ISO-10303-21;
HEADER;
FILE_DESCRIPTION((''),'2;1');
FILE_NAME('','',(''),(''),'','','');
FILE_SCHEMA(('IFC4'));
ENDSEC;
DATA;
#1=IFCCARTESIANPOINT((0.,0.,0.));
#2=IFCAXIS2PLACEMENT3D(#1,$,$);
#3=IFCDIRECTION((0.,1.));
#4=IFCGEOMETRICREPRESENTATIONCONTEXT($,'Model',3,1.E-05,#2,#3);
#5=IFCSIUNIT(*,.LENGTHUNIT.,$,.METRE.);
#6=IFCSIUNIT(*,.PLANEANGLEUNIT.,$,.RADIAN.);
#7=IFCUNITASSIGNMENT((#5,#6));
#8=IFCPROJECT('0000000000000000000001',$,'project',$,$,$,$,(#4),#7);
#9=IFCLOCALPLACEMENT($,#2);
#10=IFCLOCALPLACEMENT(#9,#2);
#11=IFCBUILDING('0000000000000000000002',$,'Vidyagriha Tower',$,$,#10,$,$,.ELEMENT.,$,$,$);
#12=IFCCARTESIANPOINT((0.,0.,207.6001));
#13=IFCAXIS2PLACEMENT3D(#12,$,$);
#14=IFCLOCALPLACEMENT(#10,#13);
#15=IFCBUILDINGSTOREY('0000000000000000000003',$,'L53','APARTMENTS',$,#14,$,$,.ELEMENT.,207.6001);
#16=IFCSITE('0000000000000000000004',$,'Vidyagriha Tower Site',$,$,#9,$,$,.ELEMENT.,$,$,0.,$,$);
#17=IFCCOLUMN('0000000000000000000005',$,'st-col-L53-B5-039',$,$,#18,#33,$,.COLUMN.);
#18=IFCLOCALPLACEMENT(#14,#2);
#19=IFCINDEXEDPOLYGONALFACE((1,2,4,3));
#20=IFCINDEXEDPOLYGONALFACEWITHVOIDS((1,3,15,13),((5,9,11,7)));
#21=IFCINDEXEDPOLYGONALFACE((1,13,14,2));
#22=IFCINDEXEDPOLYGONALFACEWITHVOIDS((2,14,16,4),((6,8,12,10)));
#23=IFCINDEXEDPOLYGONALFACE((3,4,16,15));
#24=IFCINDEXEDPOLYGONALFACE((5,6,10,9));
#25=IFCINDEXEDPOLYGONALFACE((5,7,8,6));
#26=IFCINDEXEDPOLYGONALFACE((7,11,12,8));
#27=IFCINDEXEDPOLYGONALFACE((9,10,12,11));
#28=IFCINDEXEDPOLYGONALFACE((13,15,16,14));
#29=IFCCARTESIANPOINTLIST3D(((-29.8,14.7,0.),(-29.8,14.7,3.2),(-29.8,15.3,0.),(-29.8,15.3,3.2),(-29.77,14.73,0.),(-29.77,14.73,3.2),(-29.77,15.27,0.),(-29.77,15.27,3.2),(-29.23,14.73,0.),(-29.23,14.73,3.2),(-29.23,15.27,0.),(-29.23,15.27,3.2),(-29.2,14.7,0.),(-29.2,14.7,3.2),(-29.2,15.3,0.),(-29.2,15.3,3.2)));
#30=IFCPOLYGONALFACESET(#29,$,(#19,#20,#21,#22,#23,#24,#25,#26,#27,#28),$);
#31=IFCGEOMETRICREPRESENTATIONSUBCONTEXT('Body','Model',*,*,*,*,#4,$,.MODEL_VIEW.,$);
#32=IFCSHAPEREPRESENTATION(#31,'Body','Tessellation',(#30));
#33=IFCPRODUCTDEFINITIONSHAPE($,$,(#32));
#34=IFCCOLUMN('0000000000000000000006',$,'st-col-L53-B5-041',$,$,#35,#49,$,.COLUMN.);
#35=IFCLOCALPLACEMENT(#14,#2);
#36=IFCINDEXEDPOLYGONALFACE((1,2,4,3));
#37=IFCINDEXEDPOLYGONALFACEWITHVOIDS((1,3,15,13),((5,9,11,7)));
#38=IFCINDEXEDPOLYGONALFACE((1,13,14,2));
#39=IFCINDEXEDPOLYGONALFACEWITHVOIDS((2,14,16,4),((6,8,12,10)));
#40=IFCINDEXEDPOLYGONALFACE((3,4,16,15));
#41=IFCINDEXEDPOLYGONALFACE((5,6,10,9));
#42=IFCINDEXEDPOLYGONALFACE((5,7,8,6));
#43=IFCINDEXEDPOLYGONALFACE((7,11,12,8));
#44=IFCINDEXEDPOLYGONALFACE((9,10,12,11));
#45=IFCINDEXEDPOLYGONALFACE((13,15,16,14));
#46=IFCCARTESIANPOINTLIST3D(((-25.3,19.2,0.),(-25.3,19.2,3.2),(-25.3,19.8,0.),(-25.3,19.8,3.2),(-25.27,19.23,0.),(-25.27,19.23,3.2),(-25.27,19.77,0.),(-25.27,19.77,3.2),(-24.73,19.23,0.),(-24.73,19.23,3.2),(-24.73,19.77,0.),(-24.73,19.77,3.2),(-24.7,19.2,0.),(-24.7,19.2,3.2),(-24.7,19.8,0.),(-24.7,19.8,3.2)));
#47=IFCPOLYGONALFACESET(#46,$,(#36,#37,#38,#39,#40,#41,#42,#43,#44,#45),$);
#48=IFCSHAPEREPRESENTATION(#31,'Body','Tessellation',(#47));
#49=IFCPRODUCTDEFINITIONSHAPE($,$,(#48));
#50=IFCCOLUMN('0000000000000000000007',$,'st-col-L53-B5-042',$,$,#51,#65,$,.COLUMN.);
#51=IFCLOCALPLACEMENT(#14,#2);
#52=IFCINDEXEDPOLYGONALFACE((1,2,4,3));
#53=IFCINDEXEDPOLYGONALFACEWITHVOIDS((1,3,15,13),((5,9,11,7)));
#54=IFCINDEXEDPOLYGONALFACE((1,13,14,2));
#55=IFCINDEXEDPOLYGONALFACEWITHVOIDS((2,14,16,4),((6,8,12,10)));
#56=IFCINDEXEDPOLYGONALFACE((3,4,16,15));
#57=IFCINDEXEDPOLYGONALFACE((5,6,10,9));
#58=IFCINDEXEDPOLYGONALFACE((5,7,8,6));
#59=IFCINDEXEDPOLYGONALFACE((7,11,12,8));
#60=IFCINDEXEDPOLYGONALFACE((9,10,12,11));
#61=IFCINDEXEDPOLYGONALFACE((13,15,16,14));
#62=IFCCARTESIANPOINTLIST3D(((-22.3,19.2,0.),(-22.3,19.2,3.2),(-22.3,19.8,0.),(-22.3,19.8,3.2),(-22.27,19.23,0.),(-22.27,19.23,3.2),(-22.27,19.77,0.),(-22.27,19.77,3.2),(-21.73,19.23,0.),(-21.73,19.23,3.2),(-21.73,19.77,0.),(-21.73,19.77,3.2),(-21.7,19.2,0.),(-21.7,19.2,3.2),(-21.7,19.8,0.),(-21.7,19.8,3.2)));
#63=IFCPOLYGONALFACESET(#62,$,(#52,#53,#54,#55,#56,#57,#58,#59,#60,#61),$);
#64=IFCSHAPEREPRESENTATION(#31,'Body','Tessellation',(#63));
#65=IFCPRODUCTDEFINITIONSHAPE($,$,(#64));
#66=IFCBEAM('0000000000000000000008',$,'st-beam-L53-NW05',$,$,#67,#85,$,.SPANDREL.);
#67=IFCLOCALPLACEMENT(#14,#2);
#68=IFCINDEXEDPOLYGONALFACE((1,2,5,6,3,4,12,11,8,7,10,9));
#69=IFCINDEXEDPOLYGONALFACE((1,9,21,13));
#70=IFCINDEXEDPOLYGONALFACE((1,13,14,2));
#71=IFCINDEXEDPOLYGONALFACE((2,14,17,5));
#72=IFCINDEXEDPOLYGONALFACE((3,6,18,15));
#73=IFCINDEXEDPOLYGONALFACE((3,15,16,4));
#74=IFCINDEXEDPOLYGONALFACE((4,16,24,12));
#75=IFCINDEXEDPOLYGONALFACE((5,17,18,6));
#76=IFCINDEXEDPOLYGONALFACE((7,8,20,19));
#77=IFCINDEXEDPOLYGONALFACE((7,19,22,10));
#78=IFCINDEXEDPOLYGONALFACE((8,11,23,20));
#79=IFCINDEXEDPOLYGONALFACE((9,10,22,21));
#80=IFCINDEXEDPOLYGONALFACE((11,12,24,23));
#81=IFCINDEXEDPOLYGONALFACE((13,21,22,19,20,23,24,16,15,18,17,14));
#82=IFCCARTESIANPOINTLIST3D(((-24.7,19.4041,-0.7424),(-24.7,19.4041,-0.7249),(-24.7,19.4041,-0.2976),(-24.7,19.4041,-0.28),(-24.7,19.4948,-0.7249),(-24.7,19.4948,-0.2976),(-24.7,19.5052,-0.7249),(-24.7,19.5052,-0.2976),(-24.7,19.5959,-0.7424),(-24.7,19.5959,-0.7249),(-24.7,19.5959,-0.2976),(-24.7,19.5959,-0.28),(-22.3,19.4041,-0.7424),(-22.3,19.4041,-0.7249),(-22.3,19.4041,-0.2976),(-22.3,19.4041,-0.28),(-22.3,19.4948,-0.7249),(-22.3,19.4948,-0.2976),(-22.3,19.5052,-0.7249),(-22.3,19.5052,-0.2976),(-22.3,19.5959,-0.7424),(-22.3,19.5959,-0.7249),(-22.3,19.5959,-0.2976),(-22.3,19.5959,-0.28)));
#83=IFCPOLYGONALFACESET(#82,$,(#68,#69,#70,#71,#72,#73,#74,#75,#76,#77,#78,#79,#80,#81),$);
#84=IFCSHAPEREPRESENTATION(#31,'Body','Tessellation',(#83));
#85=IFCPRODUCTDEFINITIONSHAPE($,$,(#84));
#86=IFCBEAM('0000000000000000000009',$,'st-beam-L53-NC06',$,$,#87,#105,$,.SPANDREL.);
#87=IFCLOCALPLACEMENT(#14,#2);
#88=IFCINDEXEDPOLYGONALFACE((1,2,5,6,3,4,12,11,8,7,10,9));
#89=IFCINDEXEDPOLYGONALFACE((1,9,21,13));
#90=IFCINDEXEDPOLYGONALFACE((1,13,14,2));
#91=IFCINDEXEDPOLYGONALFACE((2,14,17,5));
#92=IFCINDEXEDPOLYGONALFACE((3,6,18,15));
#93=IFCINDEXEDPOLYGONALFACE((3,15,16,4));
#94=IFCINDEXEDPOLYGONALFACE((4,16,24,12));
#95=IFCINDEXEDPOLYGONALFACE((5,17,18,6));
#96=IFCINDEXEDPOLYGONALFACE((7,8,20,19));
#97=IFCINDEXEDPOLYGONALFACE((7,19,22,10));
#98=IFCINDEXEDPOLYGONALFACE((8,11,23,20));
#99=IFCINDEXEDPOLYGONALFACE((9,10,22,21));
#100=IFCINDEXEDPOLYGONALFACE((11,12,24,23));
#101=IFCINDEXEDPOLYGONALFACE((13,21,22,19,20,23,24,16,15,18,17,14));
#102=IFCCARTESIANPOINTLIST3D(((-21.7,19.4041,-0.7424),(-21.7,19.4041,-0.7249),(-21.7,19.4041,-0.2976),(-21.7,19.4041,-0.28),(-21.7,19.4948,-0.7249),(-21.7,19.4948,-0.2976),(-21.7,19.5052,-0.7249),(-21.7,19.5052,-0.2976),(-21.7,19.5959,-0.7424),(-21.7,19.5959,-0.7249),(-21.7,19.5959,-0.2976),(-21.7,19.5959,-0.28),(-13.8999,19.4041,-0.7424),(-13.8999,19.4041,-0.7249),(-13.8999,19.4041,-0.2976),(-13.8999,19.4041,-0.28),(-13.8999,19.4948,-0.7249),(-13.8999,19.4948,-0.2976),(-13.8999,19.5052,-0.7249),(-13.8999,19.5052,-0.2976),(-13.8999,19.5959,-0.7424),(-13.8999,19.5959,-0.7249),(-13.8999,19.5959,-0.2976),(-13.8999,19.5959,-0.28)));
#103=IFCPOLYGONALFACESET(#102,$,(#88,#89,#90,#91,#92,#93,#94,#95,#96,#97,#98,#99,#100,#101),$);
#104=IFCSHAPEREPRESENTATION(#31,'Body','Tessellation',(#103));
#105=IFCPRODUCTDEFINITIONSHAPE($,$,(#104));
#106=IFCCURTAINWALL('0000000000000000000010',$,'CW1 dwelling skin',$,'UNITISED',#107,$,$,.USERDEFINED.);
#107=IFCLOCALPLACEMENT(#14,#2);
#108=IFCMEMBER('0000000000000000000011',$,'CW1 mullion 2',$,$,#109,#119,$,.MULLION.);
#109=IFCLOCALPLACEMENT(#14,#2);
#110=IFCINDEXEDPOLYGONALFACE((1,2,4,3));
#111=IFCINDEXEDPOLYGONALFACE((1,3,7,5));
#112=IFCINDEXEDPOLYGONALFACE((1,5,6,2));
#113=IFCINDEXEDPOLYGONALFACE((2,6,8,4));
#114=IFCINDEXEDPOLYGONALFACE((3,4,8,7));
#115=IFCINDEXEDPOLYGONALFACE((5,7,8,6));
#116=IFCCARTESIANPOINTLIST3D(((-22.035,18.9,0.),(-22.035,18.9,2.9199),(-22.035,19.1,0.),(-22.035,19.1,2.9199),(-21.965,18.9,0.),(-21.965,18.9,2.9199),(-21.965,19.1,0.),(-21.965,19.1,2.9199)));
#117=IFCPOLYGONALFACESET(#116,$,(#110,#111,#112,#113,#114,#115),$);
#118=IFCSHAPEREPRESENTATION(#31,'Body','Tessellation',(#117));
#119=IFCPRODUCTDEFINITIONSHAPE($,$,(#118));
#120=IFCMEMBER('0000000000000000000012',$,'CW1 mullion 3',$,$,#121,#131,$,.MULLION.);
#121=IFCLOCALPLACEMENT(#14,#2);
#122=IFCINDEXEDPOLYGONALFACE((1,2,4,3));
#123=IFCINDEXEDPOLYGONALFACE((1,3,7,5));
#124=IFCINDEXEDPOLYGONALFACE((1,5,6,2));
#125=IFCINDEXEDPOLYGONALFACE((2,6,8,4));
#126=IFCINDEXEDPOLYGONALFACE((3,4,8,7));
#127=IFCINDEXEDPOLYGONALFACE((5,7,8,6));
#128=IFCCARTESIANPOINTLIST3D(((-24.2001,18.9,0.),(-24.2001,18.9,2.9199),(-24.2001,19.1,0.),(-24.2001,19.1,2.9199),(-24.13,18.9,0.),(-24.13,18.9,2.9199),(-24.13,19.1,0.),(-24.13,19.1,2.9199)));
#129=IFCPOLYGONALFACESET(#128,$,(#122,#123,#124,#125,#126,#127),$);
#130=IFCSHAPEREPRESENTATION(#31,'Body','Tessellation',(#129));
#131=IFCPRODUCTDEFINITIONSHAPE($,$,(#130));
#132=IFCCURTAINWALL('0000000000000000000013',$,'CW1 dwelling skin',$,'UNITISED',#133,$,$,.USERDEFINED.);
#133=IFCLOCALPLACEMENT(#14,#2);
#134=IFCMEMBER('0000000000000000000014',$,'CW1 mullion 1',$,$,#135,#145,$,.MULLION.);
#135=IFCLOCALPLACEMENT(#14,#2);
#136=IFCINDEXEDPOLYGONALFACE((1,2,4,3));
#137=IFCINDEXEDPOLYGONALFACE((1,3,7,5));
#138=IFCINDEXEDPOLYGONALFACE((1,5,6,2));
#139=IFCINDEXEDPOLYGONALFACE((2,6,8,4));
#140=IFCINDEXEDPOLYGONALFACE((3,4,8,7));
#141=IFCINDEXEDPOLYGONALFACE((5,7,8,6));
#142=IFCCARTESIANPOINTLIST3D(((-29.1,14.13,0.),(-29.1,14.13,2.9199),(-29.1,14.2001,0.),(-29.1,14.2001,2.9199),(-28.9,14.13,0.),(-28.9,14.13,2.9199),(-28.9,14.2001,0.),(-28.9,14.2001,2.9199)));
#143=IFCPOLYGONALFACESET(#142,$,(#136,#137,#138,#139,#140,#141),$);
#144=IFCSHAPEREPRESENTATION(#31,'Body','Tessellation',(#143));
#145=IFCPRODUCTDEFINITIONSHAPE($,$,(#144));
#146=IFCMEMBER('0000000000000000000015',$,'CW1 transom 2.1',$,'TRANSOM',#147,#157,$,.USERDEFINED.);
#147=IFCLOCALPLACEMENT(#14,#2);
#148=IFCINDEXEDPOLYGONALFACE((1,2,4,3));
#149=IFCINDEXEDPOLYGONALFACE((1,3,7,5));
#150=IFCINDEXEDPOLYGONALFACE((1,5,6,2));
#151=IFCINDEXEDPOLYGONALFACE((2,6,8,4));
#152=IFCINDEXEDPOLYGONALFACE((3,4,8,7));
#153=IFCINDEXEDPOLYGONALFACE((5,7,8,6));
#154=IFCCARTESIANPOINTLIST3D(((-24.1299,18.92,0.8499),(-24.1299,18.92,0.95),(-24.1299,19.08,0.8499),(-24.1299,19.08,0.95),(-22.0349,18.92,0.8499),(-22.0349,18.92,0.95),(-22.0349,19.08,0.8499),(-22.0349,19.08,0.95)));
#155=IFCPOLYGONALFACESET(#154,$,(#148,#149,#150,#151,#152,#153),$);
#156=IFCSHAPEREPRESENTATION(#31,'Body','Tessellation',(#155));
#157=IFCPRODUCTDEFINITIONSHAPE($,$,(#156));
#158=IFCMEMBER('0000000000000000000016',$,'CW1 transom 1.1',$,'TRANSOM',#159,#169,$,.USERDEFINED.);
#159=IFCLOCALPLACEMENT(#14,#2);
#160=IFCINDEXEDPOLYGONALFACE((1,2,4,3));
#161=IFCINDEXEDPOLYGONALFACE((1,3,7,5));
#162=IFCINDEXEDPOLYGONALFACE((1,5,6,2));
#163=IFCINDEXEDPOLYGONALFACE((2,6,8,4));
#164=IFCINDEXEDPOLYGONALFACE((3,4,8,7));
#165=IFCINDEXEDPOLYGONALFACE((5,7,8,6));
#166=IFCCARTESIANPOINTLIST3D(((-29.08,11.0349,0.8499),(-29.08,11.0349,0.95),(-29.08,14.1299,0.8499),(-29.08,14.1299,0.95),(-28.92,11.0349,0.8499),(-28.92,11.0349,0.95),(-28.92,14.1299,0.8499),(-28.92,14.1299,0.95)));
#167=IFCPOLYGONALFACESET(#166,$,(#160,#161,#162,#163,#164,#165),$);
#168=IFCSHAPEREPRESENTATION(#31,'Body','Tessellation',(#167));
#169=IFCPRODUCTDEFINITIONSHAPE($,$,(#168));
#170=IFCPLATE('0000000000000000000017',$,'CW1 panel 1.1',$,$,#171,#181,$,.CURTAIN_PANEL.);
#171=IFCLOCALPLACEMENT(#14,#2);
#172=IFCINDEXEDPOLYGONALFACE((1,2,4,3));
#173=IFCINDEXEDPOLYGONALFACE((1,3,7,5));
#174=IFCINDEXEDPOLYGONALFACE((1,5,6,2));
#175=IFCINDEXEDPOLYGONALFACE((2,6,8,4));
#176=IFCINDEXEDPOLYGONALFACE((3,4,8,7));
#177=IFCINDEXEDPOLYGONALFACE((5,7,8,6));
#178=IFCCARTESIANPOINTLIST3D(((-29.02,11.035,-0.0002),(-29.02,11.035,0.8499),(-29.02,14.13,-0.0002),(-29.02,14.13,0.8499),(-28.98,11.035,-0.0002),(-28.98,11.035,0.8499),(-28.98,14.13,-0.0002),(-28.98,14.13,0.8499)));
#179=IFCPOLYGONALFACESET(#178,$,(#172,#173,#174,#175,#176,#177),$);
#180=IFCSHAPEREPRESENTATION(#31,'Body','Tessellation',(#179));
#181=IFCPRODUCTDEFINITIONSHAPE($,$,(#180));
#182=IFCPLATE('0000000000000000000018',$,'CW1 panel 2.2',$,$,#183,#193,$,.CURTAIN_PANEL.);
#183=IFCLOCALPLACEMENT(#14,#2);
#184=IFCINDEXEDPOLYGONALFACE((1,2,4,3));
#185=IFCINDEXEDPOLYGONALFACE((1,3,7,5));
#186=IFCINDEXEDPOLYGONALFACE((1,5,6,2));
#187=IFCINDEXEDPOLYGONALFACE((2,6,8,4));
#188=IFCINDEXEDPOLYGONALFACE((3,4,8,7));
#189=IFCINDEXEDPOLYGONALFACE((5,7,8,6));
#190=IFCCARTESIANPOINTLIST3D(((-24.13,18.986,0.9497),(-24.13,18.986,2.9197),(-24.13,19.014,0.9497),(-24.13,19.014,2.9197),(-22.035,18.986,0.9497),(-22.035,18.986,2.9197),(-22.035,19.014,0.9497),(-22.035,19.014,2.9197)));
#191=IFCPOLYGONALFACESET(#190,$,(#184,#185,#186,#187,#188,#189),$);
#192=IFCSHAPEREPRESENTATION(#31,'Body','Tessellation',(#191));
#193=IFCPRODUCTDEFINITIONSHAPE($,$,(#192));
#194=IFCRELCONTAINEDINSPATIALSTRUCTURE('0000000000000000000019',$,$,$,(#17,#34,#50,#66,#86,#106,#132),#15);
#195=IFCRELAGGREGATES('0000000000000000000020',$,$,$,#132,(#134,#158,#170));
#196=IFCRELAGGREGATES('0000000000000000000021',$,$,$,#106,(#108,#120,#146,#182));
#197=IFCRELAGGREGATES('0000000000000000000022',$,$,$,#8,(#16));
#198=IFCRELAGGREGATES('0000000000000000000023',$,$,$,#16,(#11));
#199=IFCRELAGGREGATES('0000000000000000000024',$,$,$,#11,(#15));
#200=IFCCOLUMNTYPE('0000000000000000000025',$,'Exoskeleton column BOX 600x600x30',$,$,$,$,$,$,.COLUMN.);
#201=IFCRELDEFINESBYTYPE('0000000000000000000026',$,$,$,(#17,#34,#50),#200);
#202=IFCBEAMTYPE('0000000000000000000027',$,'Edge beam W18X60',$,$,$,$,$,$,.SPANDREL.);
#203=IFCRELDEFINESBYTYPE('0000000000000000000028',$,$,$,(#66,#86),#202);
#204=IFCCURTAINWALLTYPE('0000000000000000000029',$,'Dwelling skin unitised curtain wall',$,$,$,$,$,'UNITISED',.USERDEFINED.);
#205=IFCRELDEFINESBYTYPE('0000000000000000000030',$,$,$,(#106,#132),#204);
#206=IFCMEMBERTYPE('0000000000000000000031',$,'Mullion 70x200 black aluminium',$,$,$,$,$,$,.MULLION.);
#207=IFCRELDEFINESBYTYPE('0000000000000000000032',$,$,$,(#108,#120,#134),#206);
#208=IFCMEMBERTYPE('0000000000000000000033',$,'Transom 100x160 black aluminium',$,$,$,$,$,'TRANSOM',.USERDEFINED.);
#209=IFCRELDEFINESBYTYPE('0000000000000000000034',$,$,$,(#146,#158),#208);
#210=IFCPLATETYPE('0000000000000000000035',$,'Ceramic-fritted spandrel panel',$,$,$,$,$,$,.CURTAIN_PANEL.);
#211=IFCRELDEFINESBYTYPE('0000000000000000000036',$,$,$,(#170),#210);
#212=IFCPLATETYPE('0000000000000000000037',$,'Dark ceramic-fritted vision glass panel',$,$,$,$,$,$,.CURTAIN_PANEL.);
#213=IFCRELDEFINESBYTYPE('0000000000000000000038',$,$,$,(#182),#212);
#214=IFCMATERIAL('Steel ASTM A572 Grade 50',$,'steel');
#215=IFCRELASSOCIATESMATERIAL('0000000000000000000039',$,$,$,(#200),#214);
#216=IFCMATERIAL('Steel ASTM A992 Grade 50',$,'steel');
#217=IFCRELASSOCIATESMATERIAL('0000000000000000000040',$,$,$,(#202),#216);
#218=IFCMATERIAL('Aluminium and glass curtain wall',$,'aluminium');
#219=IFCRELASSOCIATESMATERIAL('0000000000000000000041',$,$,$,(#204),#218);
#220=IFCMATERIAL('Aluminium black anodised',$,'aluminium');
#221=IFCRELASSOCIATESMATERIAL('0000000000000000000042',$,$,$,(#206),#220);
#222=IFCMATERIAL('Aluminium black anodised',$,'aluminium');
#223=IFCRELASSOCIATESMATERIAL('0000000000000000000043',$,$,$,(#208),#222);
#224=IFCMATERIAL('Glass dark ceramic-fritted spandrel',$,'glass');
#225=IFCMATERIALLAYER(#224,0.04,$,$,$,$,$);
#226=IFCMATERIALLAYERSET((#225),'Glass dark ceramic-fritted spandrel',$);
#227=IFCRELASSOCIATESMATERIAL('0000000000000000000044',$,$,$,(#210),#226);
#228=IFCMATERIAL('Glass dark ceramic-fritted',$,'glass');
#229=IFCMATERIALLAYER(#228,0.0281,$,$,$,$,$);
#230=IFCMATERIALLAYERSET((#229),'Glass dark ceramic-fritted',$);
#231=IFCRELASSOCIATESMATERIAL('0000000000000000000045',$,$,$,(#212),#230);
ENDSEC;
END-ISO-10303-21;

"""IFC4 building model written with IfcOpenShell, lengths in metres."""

from ifc_helpers import new_model, si_unit, direction, frame, origin, origin_2d, place, context, subcontext, project, spatial, rectangle, hollow_rectangle, i_section, extrude, material, layer, layer_set, material_profile, profile_set, type_object, element, aggregate, save


model = new_model("IFC4")

# Units and contexts
model_context = context("Model", 3, precision=1e-05, world=origin(), true_north=direction((0.0, 1.0)))
body_context = subcontext(model_context, "Body", "Model", "MODEL_VIEW")
ifc_project = project(units=[si_unit("LENGTHUNIT", "METRE"), si_unit("PLANEANGLEUNIT", "RADIAN")], contexts=[model_context])

# Site, building, storey
site_placement = place(None, origin())
site = spatial("IfcSite", under=ifc_project, at=site_placement, Name="Vidyagriha Tower Site", CompositionType="ELEMENT", RefElevation=0.0)
building_placement = place(site_placement, origin())
building = spatial("IfcBuilding", under=site, at=building_placement, Name="Vidyagriha Tower", CompositionType="ELEMENT")
storey_placement = place(building_placement, frame((0.0, 0.0, 207.6001)))
storey = spatial("IfcBuildingStorey", under=building, at=storey_placement, Name="L53", Description="APARTMENTS", CompositionType="ELEMENT", Elevation=207.6001)

# Columns
ifc_material_1 = material(Name="Steel ASTM A572 Grade 50", Category="steel")
ifc_material_profile_1 = material_profile(ifc_material_1, hollow_rectangle(XDim=0.6001, YDim=0.6001, WallThickness=0.03, at=origin_2d()), Name="BOX 600x600x30")
ifc_profile_set_1 = profile_set([ifc_material_profile_1], Name="Steel ASTM A572 Grade 50")
column_type = type_object("IfcColumnType", Name="Exoskeleton column BOX 600x600x30", PredefinedType="COLUMN", material=ifc_profile_set_1)
for number, where, name in (
    (1, (-29.5, 15.0, 0.0), "st-col-L53-B5-039"),
    (2, (-25.0, 19.5, 0.0), "st-col-L53-B5-041"),
    (3, (-22.0, 19.5, 0.0), "st-col-L53-B5-042"),
):
    element("IfcColumn", number, at=place(storey_placement, frame(where)), inside=storey, type_object=column_type, Name=name, PredefinedType="COLUMN", context=body_context, shape_type="SweptSolid", body=[
        extrude(hollow_rectangle(XDim=0.6001, YDim=0.6001, WallThickness=0.03, at=origin_2d()), origin(), (0.0, 0.0, 1.0), 3.2),
    ])

# Beams
ifc_material_2 = material(Name="Steel ASTM A992 Grade 50", Category="steel")
ifc_material_profile_2 = material_profile(ifc_material_2, i_section(OverallWidth=0.1919, OverallDepth=0.4624, WebThickness=0.0105, FlangeThickness=0.0176, at=origin_2d()), Name="W18X60")
ifc_profile_set_2 = profile_set([ifc_material_profile_2], Name="Steel ASTM A992 Grade 50")
beam_type = type_object("IfcBeamType", Name="Edge beam W18X60", PredefinedType="SPANDREL", material=ifc_profile_set_2)
beam_1_placement = place(storey_placement, frame((-24.7, 19.5, -0.5112), z_axis=(1.0, 0.0, 0.0), x_axis=(0.0, 1.0, 0.0)))
element("IfcBeam", 4, at=beam_1_placement, inside=storey, type_object=beam_type, Name="st-beam-L53-NW05", PredefinedType="SPANDREL", context=body_context, shape_type="SweptSolid", body=[
    extrude(i_section(OverallWidth=0.1919, OverallDepth=0.4624, WebThickness=0.0105, FlangeThickness=0.0176, at=origin_2d()), origin(), (0.0, 0.0, 1.0), 2.3999),
])
beam_2_placement = place(storey_placement, frame((-21.7, 19.5, -0.5112), z_axis=(1.0, 0.0, 0.0), x_axis=(0.0, 1.0, 0.0)))
element("IfcBeam", 5, at=beam_2_placement, inside=storey, type_object=beam_type, Name="st-beam-L53-NC06", PredefinedType="SPANDREL", context=body_context, shape_type="SweptSolid", body=[
    extrude(i_section(OverallWidth=0.1919, OverallDepth=0.4624, WebThickness=0.0105, FlangeThickness=0.0176, at=origin_2d()), origin(), (0.0, 0.0, 1.0), 7.8),
])

# Curtain wall, members
ifc_material_3 = material(Name="Aluminium and glass curtain wall", Category="aluminium")
curtain_wall_type = type_object("IfcCurtainWallType", Name="Dwelling skin unitised curtain wall", ElementType="UNITISED", PredefinedType="USERDEFINED", material=ifc_material_3)
curtain_wall_1_placement = place(storey_placement, origin())
curtain_wall_1 = element("IfcCurtainWall", 6, at=curtain_wall_1_placement, inside=storey, type_object=curtain_wall_type, Name="CW1 dwelling skin", ObjectType="UNITISED", PredefinedType="USERDEFINED")
ifc_material_4 = material(Name="Aluminium black anodised", Category="aluminium")
ifc_material_profile_3 = material_profile(ifc_material_4, rectangle(XDim=0.2, YDim=0.0701, at=origin_2d()), Name="Mullion 70x200 black aluminium")
ifc_profile_set_3 = profile_set([ifc_material_profile_3], Name="Aluminium black anodised")
member_type_1 = type_object("IfcMemberType", Name="Mullion 70x200 black aluminium", PredefinedType="MULLION", material=ifc_profile_set_3)
member_1_placement = place(storey_placement, frame((-22.0, 19.0, 0.0), z_axis=(0.0, 0.0, 1.0), x_axis=(0.0, -1.0, 0.0)))
member_1 = element("IfcMember", 7, at=member_1_placement, type_object=member_type_1, Name="CW1 mullion 2", PredefinedType="MULLION", context=body_context, shape_type="SweptSolid", body=[
    extrude(rectangle(XDim=0.2, YDim=0.0701, at=origin_2d()), origin(), (0.0, 0.0, 1.0), 2.9199),
])
member_2_placement = place(storey_placement, frame((-24.165, 19.0, 0.0), z_axis=(0.0, 0.0, 1.0), x_axis=(0.0, -1.0, 0.0)))
member_2 = element("IfcMember", 8, at=member_2_placement, type_object=member_type_1, Name="CW1 mullion 3", PredefinedType="MULLION", context=body_context, shape_type="SweptSolid", body=[
    extrude(rectangle(XDim=0.2, YDim=0.0701, at=origin_2d()), origin(), (0.0, 0.0, 1.0), 2.9199),
])

# Curtain wall, member
curtain_wall_2_placement = place(storey_placement, origin())
curtain_wall_2 = element("IfcCurtainWall", 9, at=curtain_wall_2_placement, inside=storey, type_object=curtain_wall_type, Name="CW1 dwelling skin", ObjectType="UNITISED", PredefinedType="USERDEFINED")
member_3_placement = place(storey_placement, frame((-29.0, 14.165, 0.0)))
member_3 = element("IfcMember", 10, at=member_3_placement, type_object=member_type_1, Name="CW1 mullion 1", PredefinedType="MULLION", context=body_context, shape_type="SweptSolid", body=[
    extrude(rectangle(XDim=0.2, YDim=0.0701, at=origin_2d()), origin(), (0.0, 0.0, 1.0), 2.9199),
])

# Members
ifc_material_5 = material(Name="Aluminium black anodised", Category="aluminium")
ifc_material_profile_4 = material_profile(ifc_material_5, rectangle(XDim=0.1599, YDim=0.1001, at=origin_2d()), Name="Transom 100x160 black aluminium")
ifc_profile_set_4 = profile_set([ifc_material_profile_4], Name="Aluminium black anodised")
member_type_2 = type_object("IfcMemberType", Name="Transom 100x160 black aluminium", ElementType="TRANSOM", PredefinedType="USERDEFINED", material=ifc_profile_set_4)
member_4_placement = place(storey_placement, frame((-22.0349, 19.0, 0.8999), z_axis=(-1.0, 0.0, 0.0), x_axis=(0.0, -1.0, 0.0)))
member_4 = element("IfcMember", 11, at=member_4_placement, type_object=member_type_2, Name="CW1 transom 2.1", ObjectType="TRANSOM", PredefinedType="USERDEFINED", context=body_context, shape_type="SweptSolid", body=[
    extrude(rectangle(XDim=0.1599, YDim=0.1001, at=origin_2d()), origin(), (0.0, 0.0, 1.0), 2.095),
])
member_5_placement = place(storey_placement, frame((-29.0, 14.1299, 0.8999), z_axis=(0.0, -1.0, 0.0), x_axis=(1.0, 0.0, 0.0)))
member_5 = element("IfcMember", 12, at=member_5_placement, type_object=member_type_2, Name="CW1 transom 1.1", ObjectType="TRANSOM", PredefinedType="USERDEFINED", context=body_context, shape_type="SweptSolid", body=[
    extrude(rectangle(XDim=0.1599, YDim=0.1001, at=origin_2d()), origin(), (0.0, 0.0, 1.0), 3.095),
])

# Plates
ifc_material_6 = material(Name="Glass dark ceramic-fritted spandrel", Category="glass")
ifc_layer_1 = layer(ifc_material_6, 0.04)
ifc_layer_set_1 = layer_set([ifc_layer_1], Name="Glass dark ceramic-fritted spandrel")
plate_type_1 = type_object("IfcPlateType", Name="Ceramic-fritted spandrel panel", PredefinedType="CURTAIN_PANEL", material=ifc_layer_set_1)
plate_1_placement = place(storey_placement, frame((-29.0, 12.5825, -0.0002), z_axis=(0.0, 0.0, 1.0), x_axis=(0.0, -1.0, 0.0)))
plate_1 = element("IfcPlate", 13, at=plate_1_placement, type_object=plate_type_1, Name="CW1 panel 1.1", PredefinedType="CURTAIN_PANEL", context=body_context, shape_type="SweptSolid", body=[
    extrude(rectangle(XDim=3.095, YDim=0.04, at=origin_2d()), origin(), (0.0, 0.0, 1.0), 0.8501),
])
ifc_material_7 = material(Name="Glass dark ceramic-fritted", Category="glass")
ifc_layer_2 = layer(ifc_material_7, 0.0281)
ifc_layer_set_2 = layer_set([ifc_layer_2], Name="Glass dark ceramic-fritted")
plate_type_2 = type_object("IfcPlateType", Name="Dark ceramic-fritted vision glass panel", PredefinedType="CURTAIN_PANEL", material=ifc_layer_set_2)
plate_2_placement = place(storey_placement, frame((-23.0825, 19.0, 0.9497), z_axis=(0.0, 0.0, 1.0), x_axis=(-1.0, 0.0, 0.0)))
plate_2 = element("IfcPlate", 14, at=plate_2_placement, type_object=plate_type_2, Name="CW1 panel 2.2", PredefinedType="CURTAIN_PANEL", context=body_context, shape_type="SweptSolid", body=[
    extrude(rectangle(XDim=2.095, YDim=0.0281, at=origin_2d()), origin(), (0.0, 0.0, 1.0), 1.97),
])
aggregate(curtain_wall_2, [member_3, member_5, plate_1])
aggregate(curtain_wall_1, [member_1, member_2, member_4, plate_2])

save(model, "model.ifc")
